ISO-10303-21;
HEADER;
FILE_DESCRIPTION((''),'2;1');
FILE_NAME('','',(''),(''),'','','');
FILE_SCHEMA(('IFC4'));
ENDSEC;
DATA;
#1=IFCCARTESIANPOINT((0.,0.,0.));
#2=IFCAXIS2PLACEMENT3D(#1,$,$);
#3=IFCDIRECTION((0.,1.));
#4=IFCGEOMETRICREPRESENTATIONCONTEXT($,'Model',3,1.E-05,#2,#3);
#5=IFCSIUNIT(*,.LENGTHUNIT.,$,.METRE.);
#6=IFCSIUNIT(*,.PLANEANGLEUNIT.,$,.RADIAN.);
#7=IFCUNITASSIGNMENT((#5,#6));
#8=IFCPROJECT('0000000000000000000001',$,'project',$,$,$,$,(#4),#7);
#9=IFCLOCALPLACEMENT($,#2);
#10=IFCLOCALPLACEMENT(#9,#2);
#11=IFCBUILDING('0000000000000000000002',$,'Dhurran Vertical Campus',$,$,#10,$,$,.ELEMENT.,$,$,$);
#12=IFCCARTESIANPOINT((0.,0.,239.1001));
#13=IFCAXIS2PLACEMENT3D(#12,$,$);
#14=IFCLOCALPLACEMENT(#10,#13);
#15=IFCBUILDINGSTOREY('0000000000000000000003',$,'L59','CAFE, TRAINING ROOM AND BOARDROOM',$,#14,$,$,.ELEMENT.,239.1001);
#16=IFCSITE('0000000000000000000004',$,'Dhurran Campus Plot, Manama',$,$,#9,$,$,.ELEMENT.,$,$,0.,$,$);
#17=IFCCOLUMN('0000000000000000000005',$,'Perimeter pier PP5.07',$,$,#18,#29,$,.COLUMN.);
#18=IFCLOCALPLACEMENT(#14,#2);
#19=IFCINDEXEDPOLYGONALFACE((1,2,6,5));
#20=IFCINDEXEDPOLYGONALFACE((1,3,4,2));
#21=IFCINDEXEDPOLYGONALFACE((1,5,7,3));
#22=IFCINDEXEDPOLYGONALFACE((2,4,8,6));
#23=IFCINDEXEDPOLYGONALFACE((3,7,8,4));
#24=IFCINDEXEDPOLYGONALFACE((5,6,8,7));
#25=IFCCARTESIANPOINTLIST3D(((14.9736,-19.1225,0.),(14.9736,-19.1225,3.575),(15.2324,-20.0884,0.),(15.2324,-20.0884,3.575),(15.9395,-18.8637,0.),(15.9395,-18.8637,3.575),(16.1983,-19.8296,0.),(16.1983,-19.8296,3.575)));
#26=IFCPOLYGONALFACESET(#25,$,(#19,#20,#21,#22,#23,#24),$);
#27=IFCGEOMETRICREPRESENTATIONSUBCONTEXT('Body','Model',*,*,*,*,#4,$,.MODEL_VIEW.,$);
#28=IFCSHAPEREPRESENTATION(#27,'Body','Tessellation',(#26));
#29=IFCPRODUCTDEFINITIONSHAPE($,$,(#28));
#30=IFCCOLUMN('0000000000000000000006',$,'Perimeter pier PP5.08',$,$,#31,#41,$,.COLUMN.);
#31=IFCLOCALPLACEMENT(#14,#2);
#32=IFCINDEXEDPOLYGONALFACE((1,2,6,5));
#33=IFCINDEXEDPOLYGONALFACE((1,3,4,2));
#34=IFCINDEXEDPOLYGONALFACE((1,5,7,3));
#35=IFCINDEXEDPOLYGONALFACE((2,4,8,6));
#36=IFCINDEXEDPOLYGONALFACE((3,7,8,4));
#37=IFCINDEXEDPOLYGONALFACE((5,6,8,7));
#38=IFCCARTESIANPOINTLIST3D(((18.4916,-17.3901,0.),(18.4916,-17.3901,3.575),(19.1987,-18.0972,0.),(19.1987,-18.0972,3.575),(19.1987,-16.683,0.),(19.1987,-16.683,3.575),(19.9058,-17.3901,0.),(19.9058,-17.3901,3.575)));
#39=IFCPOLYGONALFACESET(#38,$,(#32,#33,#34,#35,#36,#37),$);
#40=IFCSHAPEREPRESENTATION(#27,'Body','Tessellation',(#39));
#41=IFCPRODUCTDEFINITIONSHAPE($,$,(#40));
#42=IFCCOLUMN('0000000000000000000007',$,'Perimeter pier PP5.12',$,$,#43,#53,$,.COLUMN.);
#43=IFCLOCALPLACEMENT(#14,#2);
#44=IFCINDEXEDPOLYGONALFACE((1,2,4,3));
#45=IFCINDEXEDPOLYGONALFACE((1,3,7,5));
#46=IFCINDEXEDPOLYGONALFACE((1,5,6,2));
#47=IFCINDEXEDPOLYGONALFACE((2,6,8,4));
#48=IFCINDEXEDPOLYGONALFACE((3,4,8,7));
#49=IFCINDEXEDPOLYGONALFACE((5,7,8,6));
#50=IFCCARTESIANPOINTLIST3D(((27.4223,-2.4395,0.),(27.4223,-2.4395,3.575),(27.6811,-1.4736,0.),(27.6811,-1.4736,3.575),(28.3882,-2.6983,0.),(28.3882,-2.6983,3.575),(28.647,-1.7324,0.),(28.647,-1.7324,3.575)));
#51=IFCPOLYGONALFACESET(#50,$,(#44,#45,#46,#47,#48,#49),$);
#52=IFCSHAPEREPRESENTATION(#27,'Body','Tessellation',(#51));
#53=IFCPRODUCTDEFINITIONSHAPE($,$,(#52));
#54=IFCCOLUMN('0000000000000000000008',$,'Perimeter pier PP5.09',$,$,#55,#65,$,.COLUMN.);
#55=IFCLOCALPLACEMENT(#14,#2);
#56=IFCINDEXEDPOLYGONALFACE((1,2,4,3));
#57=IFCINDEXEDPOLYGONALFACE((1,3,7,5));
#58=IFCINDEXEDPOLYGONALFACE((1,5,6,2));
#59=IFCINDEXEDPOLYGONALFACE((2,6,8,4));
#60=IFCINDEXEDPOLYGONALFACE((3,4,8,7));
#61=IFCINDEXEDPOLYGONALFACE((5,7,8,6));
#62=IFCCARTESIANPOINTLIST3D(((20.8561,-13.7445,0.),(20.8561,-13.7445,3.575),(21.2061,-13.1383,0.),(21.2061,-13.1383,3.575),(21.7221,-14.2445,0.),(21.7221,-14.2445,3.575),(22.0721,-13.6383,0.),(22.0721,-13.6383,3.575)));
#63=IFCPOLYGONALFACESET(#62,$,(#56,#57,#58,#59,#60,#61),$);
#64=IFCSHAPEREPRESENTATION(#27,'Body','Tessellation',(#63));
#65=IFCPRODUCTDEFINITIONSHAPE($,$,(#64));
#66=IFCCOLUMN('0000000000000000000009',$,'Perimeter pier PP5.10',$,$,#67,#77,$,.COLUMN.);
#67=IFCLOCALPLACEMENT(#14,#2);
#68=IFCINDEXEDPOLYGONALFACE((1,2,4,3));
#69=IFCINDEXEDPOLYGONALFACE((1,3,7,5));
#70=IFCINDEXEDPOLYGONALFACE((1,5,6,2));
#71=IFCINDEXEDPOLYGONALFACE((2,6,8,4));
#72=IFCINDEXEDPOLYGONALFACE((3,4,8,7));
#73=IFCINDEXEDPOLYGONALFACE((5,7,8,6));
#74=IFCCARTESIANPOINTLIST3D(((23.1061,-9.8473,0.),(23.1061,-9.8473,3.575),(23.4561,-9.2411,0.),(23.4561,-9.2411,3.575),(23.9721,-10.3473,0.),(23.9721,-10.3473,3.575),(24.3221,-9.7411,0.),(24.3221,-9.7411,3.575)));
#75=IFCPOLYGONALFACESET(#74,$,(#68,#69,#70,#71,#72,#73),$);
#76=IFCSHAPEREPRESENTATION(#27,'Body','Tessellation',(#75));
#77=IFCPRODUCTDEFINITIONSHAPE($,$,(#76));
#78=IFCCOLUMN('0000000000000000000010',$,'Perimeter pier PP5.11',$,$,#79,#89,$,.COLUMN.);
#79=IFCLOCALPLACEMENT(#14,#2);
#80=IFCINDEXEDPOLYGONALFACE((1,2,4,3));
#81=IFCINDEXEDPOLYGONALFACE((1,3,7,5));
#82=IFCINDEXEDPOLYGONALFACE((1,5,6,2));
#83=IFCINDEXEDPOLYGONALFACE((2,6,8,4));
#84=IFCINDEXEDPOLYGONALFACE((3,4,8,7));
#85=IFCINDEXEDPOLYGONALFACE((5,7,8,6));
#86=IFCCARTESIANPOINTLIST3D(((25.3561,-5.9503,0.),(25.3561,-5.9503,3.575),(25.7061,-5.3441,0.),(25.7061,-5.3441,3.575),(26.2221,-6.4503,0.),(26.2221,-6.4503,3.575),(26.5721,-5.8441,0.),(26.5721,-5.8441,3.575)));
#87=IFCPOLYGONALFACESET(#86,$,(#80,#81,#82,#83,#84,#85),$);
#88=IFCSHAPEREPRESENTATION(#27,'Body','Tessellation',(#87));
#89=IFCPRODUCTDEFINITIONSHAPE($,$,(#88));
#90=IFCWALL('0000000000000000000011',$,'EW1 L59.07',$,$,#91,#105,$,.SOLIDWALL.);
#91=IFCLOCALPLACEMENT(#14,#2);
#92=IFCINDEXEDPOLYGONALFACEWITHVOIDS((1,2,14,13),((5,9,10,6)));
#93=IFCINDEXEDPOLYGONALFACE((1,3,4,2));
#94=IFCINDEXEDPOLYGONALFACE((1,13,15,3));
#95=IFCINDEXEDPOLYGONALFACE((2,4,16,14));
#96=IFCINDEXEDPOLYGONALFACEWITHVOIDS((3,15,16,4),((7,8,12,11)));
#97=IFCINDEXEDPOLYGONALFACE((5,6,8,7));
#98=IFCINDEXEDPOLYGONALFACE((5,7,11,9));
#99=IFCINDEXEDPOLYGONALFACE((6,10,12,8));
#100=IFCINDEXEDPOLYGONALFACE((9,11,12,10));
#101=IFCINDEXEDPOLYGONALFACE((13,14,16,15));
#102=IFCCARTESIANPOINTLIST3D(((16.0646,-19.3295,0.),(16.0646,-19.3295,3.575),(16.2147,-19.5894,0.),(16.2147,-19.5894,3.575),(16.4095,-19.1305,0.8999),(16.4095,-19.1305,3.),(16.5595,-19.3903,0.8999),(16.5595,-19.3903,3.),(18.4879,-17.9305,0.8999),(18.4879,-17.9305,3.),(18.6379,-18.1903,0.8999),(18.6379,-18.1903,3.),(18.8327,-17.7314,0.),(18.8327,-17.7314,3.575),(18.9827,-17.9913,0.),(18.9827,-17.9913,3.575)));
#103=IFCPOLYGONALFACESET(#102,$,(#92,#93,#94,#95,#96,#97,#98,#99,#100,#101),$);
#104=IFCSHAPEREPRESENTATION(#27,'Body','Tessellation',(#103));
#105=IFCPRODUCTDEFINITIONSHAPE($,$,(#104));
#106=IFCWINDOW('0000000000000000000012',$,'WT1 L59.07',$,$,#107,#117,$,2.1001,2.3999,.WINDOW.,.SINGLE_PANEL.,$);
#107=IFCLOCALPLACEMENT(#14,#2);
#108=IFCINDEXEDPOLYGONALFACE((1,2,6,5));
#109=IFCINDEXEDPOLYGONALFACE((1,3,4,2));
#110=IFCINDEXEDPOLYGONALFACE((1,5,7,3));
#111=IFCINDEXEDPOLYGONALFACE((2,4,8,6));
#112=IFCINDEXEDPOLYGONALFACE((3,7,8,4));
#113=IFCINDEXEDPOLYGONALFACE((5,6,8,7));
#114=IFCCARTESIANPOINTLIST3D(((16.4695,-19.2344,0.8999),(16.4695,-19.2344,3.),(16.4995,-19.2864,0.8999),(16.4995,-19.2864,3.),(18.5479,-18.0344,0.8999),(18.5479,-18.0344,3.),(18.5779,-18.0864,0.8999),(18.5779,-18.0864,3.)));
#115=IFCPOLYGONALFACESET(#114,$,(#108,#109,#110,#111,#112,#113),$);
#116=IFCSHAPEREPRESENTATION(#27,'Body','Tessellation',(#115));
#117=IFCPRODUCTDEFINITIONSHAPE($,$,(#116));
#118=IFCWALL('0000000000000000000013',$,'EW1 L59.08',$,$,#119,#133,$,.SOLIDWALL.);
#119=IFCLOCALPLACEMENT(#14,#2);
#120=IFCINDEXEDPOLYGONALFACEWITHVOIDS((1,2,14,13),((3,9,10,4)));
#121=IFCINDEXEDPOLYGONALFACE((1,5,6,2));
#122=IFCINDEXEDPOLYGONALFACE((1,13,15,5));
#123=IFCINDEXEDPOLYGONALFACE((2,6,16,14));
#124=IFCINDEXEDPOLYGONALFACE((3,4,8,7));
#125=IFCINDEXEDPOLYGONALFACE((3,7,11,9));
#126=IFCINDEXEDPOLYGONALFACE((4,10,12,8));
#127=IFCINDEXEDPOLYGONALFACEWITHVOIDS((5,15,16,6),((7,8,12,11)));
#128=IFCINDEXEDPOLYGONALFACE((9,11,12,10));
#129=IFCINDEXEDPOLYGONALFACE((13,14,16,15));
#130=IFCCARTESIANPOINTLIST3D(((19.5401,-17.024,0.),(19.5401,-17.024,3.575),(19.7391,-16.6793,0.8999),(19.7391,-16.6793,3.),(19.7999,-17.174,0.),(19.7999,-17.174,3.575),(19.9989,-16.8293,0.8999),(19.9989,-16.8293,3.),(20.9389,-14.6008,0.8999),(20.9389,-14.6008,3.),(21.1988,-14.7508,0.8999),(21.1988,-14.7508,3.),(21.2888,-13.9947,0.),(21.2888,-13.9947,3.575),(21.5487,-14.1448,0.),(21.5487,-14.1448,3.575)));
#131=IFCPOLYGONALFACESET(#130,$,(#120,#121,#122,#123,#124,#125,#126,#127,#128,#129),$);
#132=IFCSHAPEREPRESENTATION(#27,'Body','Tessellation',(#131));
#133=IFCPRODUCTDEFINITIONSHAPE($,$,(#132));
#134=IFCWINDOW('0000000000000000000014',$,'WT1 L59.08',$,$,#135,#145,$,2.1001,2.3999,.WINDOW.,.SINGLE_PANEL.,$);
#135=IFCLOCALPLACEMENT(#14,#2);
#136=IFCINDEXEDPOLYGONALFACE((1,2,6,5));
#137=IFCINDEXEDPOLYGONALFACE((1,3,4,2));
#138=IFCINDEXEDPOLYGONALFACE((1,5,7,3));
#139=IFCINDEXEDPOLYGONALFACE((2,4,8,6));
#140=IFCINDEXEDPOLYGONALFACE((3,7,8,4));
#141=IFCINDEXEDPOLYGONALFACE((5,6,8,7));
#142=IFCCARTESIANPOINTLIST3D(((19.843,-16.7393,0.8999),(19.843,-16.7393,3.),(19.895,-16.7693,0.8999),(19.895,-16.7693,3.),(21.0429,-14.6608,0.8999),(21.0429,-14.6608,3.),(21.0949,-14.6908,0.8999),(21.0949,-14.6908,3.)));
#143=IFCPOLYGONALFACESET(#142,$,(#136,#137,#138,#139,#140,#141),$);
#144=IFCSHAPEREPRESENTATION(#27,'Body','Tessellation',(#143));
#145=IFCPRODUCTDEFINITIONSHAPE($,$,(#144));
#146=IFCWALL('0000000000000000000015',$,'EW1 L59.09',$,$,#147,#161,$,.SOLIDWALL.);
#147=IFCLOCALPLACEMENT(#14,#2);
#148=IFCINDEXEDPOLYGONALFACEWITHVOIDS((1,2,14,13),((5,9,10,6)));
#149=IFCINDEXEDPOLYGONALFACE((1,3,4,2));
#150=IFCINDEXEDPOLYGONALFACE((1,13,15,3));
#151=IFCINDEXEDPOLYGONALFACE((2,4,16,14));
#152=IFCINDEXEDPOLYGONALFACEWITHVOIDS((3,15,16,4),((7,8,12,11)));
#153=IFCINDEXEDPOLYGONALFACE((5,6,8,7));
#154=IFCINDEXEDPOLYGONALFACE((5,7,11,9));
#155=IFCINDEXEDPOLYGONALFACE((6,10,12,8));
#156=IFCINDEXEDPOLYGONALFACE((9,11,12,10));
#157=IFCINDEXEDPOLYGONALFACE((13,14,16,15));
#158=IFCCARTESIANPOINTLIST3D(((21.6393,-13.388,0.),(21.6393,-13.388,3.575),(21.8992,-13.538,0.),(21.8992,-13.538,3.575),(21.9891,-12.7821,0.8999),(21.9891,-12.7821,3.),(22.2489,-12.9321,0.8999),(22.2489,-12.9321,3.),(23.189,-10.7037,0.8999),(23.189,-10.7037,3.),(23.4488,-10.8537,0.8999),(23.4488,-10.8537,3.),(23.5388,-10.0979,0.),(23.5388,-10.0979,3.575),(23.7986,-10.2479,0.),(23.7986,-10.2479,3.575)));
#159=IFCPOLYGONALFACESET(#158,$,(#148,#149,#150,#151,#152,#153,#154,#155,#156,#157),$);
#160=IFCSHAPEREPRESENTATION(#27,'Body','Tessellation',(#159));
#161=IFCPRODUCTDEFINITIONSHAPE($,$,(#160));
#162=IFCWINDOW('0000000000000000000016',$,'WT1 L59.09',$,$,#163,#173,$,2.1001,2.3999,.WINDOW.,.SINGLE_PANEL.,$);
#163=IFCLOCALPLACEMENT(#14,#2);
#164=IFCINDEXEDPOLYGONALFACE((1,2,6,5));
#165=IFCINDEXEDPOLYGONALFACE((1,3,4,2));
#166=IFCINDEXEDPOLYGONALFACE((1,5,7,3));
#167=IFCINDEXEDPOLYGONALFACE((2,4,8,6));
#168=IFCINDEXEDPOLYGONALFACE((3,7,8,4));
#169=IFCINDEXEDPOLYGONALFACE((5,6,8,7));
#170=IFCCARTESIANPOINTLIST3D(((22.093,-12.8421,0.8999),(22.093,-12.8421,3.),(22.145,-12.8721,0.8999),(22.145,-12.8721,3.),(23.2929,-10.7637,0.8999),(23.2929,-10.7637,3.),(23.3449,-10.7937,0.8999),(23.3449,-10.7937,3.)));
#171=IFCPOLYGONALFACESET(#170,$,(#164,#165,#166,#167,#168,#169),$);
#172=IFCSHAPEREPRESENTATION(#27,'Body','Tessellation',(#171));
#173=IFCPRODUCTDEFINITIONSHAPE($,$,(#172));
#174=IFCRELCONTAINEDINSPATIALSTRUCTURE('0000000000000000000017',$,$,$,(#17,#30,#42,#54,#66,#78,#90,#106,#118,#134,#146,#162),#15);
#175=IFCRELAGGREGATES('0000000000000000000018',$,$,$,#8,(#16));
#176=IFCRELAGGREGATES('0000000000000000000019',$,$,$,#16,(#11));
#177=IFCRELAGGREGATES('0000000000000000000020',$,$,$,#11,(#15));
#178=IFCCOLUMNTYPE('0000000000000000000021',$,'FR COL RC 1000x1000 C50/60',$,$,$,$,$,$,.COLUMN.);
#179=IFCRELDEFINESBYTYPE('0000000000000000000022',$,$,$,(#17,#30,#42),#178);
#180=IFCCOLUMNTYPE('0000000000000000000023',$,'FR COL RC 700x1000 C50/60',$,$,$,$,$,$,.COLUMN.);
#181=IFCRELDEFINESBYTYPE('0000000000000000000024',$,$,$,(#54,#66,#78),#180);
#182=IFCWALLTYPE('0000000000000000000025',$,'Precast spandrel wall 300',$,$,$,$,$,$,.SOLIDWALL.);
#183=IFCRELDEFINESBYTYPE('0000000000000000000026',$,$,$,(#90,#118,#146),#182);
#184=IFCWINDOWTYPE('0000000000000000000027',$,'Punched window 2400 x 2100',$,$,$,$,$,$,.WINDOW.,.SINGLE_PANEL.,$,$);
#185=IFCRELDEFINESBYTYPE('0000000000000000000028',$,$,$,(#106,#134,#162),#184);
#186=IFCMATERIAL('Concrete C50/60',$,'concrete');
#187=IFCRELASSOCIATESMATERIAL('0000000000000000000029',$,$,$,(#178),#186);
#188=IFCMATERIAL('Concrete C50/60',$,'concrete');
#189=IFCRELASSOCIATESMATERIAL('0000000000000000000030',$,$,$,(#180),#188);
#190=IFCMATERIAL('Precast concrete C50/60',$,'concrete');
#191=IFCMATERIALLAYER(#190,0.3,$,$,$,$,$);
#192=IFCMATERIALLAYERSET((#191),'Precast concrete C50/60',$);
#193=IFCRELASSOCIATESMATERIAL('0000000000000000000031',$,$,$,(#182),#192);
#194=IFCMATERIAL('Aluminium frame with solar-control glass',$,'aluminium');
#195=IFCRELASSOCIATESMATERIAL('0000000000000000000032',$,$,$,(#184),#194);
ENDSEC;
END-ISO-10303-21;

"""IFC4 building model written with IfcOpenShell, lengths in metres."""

from ifc_helpers import new_model, si_unit, direction, frame, frame_2d, origin, origin_2d, place, context, subcontext, project, spatial, rectangle, extrude, material, layer, layer_set, material_profile, profile_set, type_object, element, fill, save


model = new_model("IFC4")

# Units and contexts
model_context = context("Model", 3, precision=1e-05, world=origin(), true_north=direction((0.0, 1.0)))
body_context = subcontext(model_context, "Body", "Model", "MODEL_VIEW")
ifc_project = project(units=[si_unit("LENGTHUNIT", "METRE"), si_unit("PLANEANGLEUNIT", "RADIAN")], contexts=[model_context])

# Site, building, storey
site_placement = place(None, origin())
site = spatial("IfcSite", under=ifc_project, at=site_placement, Name="Dhurran Campus Plot, Manama", CompositionType="ELEMENT", RefElevation=0.0)
building_placement = place(site_placement, origin())
building = spatial("IfcBuilding", under=site, at=building_placement, Name="Dhurran Vertical Campus", CompositionType="ELEMENT")
storey_placement = place(building_placement, frame((0.0, 0.0, 239.1001)))
storey = spatial("IfcBuildingStorey", under=building, at=storey_placement, Name="L59", Description="CAFE, TRAINING ROOM AND BOARDROOM", CompositionType="ELEMENT", Elevation=239.1001)

# Columns
ifc_material_1 = material(Name="Concrete C50/60", Category="concrete")
ifc_material_profile_1 = material_profile(ifc_material_1, rectangle(XDim=1.0, YDim=1.0, at=origin_2d()), Name="RC 1000x1000")
ifc_profile_set_1 = profile_set([ifc_material_profile_1], Name="Concrete C50/60")
column_type_1 = type_object("IfcColumnType", Name="FR COL RC 1000x1000 C50/60", PredefinedType="COLUMN", material=ifc_profile_set_1)
for number, where, z_axis, x_axis, name in (
    (1, (15.5859, -19.4761, 0.0), (0.0, 0.0, 1.0), (0.965926, 0.258819, 0.0), "Perimeter pier PP5.07"),
    (2, (19.1987, -17.3901, 0.0), (0.0, 0.0, 1.0), (0.707107, 0.707107, 0.0), "Perimeter pier PP5.08"),
    (3, (28.0347, -2.0859, 0.0), (0.0, 0.0, 1.0), (0.258819, 0.965926, 0.0), "Perimeter pier PP5.12"),
):
    element("IfcColumn", number, at=place(storey_placement, frame(where, z_axis=z_axis, x_axis=x_axis)), inside=storey, type_object=column_type_1, Name=name, PredefinedType="COLUMN", context=body_context, shape_type="SweptSolid", body=[
        extrude(rectangle(XDim=1.0, YDim=1.0, at=origin_2d()), origin(), (0.0, 0.0, 1.0), 3.575),
    ])
ifc_material_2 = material(Name="Concrete C50/60", Category="concrete")
ifc_material_profile_2 = material_profile(ifc_material_2, rectangle(XDim=0.7, YDim=1.0, at=origin_2d()), Name="RC 700x1000")
ifc_profile_set_2 = profile_set([ifc_material_profile_2], Name="Concrete C50/60")
column_type_2 = type_object("IfcColumnType", Name="FR COL RC 700x1000 C50/60", PredefinedType="COLUMN", material=ifc_profile_set_2)
for number, where, z_axis, x_axis, name in (
    (4, (21.4641, -13.6914, 0.0), (0.0, 0.0, 1.0), (0.5, 0.866025, 0.0), "Perimeter pier PP5.09"),
    (5, (23.7141, -9.7942, 0.0), (0.0, 0.0, 1.0), (0.5, 0.866025, 0.0), "Perimeter pier PP5.10"),
    (6, (25.9641, -5.8972, 0.0), (0.0, 0.0, 1.0), (0.5, 0.866025, 0.0), "Perimeter pier PP5.11"),
):
    element("IfcColumn", number, at=place(storey_placement, frame(where, z_axis=z_axis, x_axis=x_axis)), inside=storey, type_object=column_type_2, Name=name, PredefinedType="COLUMN", context=body_context, shape_type="SweptSolid", body=[
        extrude(rectangle(XDim=0.7, YDim=1.0, at=origin_2d()), origin(), (0.0, 0.0, 1.0), 3.575),
    ])

# Walls, openings, windows
ifc_material_3 = material(Name="Precast concrete C50/60", Category="concrete")
ifc_layer_1 = layer(ifc_material_3, 0.3)
ifc_layer_set_1 = layer_set([ifc_layer_1], Name="Precast concrete C50/60")
wall_type_1 = type_object("IfcWallType", Name="Precast spandrel wall 300", PredefinedType="SOLIDWALL", material=ifc_layer_set_1)
wall_1_placement = place(storey_placement, frame((16.1396, -19.4595, 0.0), z_axis=(0.0, 0.0, 1.0), x_axis=(0.866025, 0.5, 0.0)))
wall_1 = element("IfcWall", 7, at=wall_1_placement, inside=storey, type_object=wall_type_1, Name="EW1 L59.07", PredefinedType="SOLIDWALL", context=body_context, shape_type="SweptSolid", body=[
    extrude(rectangle(XDim=3.1963, YDim=0.3, at=frame_2d((1.5981, 0.0))), origin(), (0.0, 0.0, 1.0), 3.575),
])
opening_1_placement = place(wall_1_placement, frame((0.3982, 0.0, 0.8999)))
opening_1 = element("IfcOpeningElement", 8, at=opening_1_placement, cuts=wall_1, PredefinedType="OPENING", context=body_context, shape_type="SweptSolid", body=[
    extrude(rectangle(XDim=2.3999, YDim=2.1001, at=frame_2d((1.2, 1.05))), frame((0.0, 0.1599, 0.0), z_axis=(0.0, -1.0, 0.0), x_axis=(1.0, 0.0, 0.0)), (0.0, 0.0, 1.0), 0.3201),
])
ifc_material_4 = material(Name="Aluminium frame with solar-control glass", Category="aluminium")
window_type = type_object("IfcWindowType", Name="Punched window 2400 x 2100", PartitioningType="SINGLE_PANEL", PredefinedType="WINDOW", material=ifc_material_4)
window_1_placement = place(opening_1_placement, origin())
window_1 = element("IfcWindow", 9, at=window_1_placement, inside=storey, type_object=window_type, Name="WT1 L59.07", OverallHeight=2.1001, OverallWidth=2.3999, PartitioningType="SINGLE_PANEL", PredefinedType="WINDOW", context=body_context, shape_type="SweptSolid", body=[
    extrude(rectangle(XDim=2.3999, YDim=2.1001, at=frame_2d((1.2, 1.05))), frame((0.0, 0.03, 0.0), z_axis=(0.0, -1.0, 0.0), x_axis=(1.0, 0.0, 0.0)), (0.0, 0.0, 1.0), 0.0601),
])
fill(opening_1, window_1)
wall_2_placement = place(storey_placement, frame((19.6699, -17.0991, 0.0), z_axis=(0.0, 0.0, 1.0), x_axis=(0.49996, 0.866048, 0.0)))
wall_2 = element("IfcWall", 10, at=wall_2_placement, inside=storey, type_object=wall_type_1, Name="EW1 L59.08", PredefinedType="SOLIDWALL", context=body_context, shape_type="SweptSolid", body=[
    extrude(rectangle(XDim=3.4978, YDim=0.3, at=frame_2d((1.749, 0.0))), origin(), (0.0, 0.0, 1.0), 3.575),
])
opening_2_placement = place(wall_2_placement, frame((0.3982, 0.0, 0.8999)))
opening_2 = element("IfcOpeningElement", 11, at=opening_2_placement, cuts=wall_2, PredefinedType="OPENING", context=body_context, shape_type="SweptSolid", body=[
    extrude(rectangle(XDim=2.3999, YDim=2.1001, at=frame_2d((1.2, 1.05))), frame((0.0, 0.1599, 0.0), z_axis=(0.0, -1.0, 0.0), x_axis=(1.0, 0.0, 0.0)), (0.0, 0.0, 1.0), 0.3201),
])
window_2_placement = place(opening_2_placement, origin())
window_2 = element("IfcWindow", 12, at=window_2_placement, inside=storey, type_object=window_type, Name="WT1 L59.08", OverallHeight=2.1001, OverallWidth=2.3999, PartitioningType="SINGLE_PANEL", PredefinedType="WINDOW", context=body_context, shape_type="SweptSolid", body=[
    extrude(rectangle(XDim=2.3999, YDim=2.1001, at=frame_2d((1.2, 1.05))), frame((0.0, 0.03, 0.0), z_axis=(0.0, -1.0, 0.0), x_axis=(1.0, 0.0, 0.0)), (0.0, 0.0, 1.0), 0.0601),
])
fill(opening_2, window_2)
wall_3_placement = place(storey_placement, frame((21.7693, -13.4629, 0.0), z_axis=(0.0, 0.0, 1.0), x_axis=(0.499982, 0.866036, 0.0)))
wall_3 = element("IfcWall", 13, at=wall_3_placement, inside=storey, type_object=wall_type_1, Name="EW1 L59.09", PredefinedType="SOLIDWALL", context=body_context, shape_type="SweptSolid", body=[
    extrude(rectangle(XDim=3.7991, YDim=0.3, at=frame_2d((1.8994, 0.0))), origin(), (0.0, 0.0, 1.0), 3.575),
])
opening_3_placement = place(wall_3_placement, frame((0.6995, 0.0, 0.8999)))
opening_3 = element("IfcOpeningElement", 14, at=opening_3_placement, cuts=wall_3, PredefinedType="OPENING", context=body_context, shape_type="SweptSolid", body=[
    extrude(rectangle(XDim=2.3999, YDim=2.1001, at=frame_2d((1.2, 1.05))), frame((0.0, 0.1599, 0.0), z_axis=(0.0, -1.0, 0.0), x_axis=(1.0, 0.0, 0.0)), (0.0, 0.0, 1.0), 0.3201),
])
window_3_placement = place(opening_3_placement, origin())
window_3 = element("IfcWindow", 15, at=window_3_placement, inside=storey, type_object=window_type, Name="WT1 L59.09", OverallHeight=2.1001, OverallWidth=2.3999, PartitioningType="SINGLE_PANEL", PredefinedType="WINDOW", context=body_context, shape_type="SweptSolid", body=[
    extrude(rectangle(XDim=2.3999, YDim=2.1001, at=frame_2d((1.2, 1.05))), frame((0.0, 0.03, 0.0), z_axis=(0.0, -1.0, 0.0), x_axis=(1.0, 0.0, 0.0)), (0.0, 0.0, 1.0), 0.0601),
])
fill(opening_3, window_3)

save(model, "model.ifc")
